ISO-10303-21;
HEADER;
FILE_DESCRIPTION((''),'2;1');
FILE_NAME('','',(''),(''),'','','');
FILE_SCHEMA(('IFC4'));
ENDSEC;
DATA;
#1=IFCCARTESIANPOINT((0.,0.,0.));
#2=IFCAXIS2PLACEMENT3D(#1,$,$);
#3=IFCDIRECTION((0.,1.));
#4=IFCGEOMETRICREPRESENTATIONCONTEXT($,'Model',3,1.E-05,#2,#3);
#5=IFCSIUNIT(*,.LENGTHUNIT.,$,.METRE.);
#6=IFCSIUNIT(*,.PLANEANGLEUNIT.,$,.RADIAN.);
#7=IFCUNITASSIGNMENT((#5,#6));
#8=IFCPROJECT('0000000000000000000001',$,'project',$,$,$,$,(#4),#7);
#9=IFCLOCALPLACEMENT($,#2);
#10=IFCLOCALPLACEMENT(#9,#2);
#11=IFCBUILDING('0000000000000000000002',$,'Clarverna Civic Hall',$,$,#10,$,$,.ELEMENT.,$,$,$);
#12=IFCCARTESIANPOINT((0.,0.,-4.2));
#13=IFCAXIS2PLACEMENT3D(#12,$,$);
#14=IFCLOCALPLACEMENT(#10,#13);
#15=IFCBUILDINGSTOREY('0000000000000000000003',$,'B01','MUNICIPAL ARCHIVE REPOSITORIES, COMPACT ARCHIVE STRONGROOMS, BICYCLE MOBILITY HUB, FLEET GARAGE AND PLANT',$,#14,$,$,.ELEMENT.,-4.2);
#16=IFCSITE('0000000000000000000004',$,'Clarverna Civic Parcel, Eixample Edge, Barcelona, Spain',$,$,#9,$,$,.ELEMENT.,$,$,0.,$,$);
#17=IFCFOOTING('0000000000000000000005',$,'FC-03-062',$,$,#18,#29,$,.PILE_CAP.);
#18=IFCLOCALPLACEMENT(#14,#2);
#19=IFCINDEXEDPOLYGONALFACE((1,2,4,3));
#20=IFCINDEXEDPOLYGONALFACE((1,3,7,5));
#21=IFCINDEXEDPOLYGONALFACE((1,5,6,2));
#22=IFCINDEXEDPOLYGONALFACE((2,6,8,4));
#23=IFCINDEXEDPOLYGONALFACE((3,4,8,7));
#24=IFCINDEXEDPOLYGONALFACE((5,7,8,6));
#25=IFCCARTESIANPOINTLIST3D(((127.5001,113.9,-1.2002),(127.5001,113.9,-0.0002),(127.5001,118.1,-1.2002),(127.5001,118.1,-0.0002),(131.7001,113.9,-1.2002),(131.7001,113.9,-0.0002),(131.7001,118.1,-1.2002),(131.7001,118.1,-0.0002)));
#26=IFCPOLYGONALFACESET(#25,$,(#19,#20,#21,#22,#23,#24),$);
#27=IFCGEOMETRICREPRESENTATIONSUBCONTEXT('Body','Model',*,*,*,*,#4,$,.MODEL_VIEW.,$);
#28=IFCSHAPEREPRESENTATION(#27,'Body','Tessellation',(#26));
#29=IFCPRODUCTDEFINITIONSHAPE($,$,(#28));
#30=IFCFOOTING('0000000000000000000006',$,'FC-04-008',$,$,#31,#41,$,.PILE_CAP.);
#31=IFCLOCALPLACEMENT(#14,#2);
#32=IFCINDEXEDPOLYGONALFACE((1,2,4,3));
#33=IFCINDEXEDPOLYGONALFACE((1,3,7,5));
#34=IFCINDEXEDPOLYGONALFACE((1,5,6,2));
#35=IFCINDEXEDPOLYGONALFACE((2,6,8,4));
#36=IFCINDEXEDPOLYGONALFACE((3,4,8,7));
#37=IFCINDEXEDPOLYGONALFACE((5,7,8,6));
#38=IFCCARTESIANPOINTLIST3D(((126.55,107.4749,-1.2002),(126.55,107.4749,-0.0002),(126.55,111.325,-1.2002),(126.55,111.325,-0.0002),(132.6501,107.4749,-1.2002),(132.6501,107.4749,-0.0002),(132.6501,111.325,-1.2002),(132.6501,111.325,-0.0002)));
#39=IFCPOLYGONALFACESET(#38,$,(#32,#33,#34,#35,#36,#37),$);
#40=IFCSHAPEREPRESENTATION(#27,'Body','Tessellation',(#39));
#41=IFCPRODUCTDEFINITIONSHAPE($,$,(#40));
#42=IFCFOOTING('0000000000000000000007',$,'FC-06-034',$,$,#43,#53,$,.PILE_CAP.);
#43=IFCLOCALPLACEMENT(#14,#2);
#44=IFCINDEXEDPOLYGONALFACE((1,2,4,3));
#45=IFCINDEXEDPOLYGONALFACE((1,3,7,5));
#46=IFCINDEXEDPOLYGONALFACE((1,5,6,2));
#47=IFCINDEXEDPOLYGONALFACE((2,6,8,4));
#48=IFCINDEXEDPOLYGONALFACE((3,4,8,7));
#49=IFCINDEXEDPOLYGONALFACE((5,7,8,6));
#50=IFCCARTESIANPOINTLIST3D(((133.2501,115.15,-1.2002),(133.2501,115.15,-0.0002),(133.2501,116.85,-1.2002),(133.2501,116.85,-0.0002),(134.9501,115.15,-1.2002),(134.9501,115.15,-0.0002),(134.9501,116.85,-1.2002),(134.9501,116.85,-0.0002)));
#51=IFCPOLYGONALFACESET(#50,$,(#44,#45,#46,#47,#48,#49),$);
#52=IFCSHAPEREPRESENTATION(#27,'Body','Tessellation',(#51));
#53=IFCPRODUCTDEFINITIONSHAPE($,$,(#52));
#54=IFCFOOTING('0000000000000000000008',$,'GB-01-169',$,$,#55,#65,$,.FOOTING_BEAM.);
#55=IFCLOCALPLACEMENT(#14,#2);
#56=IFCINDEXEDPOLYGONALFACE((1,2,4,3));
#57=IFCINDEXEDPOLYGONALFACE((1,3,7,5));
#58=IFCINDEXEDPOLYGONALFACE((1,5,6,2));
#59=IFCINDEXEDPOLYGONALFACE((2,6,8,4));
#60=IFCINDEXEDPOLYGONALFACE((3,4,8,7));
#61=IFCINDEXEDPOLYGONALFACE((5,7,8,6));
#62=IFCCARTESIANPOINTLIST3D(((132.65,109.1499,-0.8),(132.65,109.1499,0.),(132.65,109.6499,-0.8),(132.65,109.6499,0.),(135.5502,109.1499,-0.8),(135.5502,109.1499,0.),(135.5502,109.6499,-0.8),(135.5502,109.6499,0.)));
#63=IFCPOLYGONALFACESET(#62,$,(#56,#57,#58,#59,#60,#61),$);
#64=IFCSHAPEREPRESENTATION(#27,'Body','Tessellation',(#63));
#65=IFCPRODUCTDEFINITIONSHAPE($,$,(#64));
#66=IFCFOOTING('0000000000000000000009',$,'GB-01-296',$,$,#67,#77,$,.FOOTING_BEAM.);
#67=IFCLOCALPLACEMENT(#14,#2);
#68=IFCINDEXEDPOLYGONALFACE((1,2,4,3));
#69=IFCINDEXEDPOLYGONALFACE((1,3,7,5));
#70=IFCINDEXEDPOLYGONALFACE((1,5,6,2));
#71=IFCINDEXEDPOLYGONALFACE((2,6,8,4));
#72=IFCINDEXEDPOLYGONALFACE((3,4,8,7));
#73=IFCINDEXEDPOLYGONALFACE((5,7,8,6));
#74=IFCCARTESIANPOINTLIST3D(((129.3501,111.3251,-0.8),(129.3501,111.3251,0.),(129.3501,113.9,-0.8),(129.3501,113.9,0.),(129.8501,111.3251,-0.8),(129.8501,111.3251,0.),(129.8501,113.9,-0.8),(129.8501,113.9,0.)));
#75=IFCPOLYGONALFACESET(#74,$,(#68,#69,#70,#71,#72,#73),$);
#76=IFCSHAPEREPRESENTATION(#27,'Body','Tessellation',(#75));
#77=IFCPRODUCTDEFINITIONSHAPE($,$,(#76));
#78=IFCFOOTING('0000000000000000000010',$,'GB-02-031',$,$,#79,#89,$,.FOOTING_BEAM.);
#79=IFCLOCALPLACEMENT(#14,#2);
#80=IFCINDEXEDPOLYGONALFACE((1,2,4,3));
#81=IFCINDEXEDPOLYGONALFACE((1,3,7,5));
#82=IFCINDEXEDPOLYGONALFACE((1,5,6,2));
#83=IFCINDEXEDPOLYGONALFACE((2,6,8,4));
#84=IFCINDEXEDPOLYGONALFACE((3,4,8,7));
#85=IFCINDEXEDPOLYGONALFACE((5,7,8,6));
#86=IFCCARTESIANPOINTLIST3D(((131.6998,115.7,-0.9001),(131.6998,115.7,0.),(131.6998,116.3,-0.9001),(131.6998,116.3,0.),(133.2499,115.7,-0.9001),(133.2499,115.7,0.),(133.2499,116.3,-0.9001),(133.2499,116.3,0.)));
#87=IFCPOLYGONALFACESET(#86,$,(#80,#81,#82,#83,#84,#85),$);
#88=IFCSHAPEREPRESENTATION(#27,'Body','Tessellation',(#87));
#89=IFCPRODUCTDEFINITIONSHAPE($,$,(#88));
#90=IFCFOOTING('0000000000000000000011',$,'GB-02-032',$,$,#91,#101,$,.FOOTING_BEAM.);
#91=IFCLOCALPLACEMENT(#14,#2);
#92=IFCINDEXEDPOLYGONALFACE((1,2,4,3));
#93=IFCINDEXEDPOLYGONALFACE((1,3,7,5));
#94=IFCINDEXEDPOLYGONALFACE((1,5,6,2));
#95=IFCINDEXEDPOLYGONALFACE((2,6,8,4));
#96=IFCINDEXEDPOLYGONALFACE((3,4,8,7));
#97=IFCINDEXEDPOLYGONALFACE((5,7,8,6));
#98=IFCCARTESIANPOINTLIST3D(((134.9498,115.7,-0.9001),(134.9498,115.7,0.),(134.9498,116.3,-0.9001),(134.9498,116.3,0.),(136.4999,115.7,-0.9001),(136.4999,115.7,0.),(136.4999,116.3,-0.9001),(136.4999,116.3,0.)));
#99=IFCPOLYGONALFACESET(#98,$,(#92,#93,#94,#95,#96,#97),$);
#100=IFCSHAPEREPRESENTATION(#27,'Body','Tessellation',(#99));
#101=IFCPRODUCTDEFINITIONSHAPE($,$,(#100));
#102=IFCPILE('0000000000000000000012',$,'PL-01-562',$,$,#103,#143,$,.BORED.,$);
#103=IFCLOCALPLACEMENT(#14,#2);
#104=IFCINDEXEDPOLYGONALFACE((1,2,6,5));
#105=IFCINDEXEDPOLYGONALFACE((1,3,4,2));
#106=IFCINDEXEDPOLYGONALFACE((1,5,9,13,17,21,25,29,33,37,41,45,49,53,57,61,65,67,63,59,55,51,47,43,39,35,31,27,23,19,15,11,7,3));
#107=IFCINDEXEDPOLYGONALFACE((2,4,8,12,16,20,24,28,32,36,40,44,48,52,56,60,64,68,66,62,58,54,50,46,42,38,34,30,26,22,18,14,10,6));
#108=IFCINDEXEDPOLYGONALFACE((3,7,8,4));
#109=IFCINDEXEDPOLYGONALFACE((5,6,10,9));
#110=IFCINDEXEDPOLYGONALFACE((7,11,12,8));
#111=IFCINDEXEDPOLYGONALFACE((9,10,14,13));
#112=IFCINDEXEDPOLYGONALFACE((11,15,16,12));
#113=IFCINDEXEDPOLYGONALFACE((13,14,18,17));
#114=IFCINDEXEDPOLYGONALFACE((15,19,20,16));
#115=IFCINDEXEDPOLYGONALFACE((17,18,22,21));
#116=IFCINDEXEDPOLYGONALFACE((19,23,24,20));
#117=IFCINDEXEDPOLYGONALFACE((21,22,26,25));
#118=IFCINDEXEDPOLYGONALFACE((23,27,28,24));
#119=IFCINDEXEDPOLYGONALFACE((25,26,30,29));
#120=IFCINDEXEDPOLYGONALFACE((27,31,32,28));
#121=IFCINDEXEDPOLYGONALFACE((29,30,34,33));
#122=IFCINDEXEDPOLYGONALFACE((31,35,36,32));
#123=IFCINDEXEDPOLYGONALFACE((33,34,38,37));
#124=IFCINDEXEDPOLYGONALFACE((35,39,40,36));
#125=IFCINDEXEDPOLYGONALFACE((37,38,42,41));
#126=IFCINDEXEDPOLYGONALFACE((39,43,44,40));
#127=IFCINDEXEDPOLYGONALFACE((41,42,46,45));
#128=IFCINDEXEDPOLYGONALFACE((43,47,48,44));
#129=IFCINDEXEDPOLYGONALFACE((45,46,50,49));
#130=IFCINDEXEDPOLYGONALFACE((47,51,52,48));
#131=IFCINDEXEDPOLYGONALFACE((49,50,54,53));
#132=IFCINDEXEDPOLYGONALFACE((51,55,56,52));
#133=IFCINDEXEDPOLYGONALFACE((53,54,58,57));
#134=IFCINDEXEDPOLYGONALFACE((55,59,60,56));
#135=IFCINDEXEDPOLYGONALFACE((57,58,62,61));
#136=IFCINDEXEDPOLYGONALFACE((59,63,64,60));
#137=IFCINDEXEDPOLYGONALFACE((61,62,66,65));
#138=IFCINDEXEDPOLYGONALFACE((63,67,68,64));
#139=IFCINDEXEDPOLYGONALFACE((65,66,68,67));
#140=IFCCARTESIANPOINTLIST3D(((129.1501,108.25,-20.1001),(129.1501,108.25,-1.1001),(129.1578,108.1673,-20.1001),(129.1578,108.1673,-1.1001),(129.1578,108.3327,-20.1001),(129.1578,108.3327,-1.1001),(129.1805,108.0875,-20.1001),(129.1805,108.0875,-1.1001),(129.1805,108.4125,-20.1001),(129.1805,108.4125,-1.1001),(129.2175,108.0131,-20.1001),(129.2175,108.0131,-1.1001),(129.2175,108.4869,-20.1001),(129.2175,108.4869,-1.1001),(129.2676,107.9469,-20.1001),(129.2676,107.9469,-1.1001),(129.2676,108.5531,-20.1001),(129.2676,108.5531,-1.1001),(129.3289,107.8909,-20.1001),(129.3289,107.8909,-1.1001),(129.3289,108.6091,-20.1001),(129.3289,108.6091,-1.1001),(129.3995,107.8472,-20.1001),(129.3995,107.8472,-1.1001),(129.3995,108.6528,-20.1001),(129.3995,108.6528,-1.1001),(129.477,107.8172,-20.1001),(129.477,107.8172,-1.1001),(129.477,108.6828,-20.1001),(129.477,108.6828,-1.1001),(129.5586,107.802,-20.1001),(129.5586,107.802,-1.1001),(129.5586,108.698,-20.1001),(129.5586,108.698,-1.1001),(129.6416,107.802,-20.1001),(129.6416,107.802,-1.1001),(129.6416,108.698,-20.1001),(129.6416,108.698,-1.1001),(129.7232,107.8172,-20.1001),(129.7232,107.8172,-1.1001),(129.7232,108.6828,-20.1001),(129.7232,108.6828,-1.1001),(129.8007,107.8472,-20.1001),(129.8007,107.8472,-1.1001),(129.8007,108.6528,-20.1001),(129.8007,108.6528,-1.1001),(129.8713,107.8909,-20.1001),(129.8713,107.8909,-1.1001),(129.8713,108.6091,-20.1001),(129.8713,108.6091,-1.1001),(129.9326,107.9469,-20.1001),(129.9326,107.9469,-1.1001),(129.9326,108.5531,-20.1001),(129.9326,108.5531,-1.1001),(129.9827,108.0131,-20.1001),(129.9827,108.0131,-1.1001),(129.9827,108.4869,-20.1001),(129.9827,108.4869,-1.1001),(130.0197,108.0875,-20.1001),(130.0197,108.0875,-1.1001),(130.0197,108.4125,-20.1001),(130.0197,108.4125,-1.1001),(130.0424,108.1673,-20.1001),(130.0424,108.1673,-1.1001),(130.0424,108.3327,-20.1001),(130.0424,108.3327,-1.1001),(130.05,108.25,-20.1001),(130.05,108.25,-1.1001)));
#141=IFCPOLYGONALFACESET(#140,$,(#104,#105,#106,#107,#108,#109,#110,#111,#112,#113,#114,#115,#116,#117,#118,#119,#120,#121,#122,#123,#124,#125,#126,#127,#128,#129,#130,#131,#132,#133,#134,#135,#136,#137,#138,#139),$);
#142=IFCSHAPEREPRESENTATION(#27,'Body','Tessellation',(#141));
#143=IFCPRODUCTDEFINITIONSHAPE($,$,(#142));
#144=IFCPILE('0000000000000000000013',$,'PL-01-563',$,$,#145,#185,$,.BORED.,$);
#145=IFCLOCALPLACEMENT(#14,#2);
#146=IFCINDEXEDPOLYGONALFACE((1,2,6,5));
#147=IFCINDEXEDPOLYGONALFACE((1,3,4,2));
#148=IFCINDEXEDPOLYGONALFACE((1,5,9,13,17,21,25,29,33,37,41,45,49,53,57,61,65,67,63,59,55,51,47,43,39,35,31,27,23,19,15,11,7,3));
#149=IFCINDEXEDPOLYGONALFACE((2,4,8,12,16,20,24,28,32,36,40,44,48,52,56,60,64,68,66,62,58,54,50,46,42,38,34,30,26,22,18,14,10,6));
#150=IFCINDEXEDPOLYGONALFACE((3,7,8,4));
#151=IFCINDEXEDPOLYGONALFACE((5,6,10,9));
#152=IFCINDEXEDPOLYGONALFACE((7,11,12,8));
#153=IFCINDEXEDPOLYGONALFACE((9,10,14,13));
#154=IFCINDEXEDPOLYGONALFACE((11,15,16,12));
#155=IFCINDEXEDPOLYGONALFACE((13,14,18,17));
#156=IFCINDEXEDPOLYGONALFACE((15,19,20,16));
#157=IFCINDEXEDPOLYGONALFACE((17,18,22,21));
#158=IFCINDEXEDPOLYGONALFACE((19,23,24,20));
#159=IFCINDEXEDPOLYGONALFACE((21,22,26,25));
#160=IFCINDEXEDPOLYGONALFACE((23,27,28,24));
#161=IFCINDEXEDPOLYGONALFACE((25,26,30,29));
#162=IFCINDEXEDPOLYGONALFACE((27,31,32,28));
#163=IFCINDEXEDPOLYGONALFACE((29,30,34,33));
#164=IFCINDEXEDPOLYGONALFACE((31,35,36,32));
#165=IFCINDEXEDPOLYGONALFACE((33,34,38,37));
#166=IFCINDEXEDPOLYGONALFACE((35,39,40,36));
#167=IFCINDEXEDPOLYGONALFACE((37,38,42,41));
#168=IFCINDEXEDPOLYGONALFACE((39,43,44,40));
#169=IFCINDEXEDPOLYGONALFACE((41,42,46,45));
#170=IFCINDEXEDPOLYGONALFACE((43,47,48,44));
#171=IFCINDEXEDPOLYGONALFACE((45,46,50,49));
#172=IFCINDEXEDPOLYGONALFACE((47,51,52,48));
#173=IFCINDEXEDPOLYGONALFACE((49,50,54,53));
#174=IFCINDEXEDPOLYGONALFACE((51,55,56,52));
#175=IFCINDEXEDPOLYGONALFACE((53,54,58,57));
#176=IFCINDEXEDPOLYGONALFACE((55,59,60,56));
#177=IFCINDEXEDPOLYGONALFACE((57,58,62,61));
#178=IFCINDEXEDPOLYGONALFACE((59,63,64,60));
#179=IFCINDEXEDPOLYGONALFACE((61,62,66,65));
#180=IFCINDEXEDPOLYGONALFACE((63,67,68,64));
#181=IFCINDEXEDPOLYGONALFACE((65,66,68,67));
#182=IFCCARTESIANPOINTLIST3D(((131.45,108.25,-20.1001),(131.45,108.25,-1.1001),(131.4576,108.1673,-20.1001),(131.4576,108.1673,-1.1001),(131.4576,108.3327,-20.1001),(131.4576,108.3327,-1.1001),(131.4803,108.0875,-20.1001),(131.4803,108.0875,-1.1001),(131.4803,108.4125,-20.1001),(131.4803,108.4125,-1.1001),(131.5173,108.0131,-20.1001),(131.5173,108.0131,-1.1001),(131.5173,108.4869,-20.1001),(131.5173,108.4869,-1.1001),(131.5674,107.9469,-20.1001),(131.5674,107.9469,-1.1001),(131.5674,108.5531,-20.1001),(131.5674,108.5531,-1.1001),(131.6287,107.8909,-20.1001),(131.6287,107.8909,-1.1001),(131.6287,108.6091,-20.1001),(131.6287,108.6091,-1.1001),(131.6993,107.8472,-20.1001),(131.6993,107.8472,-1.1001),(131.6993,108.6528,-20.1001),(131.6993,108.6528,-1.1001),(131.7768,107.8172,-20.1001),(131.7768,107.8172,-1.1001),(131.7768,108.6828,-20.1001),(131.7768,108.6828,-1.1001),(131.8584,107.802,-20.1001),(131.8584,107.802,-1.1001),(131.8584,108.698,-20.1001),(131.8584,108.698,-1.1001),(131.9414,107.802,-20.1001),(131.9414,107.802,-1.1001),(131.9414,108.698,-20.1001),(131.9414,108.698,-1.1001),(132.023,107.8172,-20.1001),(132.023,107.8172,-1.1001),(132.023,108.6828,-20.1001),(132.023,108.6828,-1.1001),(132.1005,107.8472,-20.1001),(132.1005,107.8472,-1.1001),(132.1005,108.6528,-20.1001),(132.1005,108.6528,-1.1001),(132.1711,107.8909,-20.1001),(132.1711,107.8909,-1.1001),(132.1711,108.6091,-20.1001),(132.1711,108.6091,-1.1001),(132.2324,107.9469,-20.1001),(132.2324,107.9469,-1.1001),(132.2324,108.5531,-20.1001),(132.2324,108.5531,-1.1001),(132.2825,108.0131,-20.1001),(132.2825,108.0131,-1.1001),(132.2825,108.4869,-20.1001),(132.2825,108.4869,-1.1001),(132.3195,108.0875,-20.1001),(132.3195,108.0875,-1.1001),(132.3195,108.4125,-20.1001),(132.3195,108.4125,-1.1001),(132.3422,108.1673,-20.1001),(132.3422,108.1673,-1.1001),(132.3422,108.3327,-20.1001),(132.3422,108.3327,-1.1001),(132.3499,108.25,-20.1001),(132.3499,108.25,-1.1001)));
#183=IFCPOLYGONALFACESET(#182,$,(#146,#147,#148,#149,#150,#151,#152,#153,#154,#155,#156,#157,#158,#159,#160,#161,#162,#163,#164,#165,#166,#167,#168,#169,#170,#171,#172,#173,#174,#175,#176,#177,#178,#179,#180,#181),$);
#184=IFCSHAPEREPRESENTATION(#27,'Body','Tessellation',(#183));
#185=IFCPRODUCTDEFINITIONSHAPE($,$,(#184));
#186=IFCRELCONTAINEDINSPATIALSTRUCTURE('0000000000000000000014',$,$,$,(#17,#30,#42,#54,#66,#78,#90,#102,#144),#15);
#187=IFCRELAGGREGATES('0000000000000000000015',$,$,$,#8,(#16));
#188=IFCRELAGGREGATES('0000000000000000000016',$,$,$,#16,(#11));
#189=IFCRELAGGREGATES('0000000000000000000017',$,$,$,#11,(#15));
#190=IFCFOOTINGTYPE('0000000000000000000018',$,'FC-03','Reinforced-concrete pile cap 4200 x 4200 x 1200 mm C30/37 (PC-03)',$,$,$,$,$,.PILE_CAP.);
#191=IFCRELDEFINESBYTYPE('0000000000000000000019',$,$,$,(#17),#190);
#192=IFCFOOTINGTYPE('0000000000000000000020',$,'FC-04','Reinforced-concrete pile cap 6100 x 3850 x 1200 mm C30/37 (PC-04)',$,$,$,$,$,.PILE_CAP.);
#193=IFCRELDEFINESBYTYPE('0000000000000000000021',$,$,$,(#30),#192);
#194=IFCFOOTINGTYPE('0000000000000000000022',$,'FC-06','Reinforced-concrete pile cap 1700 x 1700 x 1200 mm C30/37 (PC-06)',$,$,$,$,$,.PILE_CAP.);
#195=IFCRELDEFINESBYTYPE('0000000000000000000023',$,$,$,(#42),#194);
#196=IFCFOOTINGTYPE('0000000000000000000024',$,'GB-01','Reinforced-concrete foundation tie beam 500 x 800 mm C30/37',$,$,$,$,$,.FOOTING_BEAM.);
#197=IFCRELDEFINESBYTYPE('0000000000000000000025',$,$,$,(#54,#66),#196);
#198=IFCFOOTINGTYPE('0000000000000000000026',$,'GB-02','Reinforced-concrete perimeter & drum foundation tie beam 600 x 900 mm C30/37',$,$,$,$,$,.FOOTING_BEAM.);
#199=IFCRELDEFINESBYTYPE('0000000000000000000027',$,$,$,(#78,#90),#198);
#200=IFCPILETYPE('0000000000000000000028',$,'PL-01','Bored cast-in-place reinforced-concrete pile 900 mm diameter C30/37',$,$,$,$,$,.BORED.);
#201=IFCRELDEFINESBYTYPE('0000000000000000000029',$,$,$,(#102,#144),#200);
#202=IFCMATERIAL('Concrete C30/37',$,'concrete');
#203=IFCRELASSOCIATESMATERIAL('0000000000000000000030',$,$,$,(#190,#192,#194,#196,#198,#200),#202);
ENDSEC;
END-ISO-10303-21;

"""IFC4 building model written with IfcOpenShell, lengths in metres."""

from ifc_helpers import new_model, si_unit, direction, frame, frame_2d, origin, origin_2d, place, context, subcontext, project, spatial, rectangle, circle, extrude, material, material_profile, profile_set, type_object, element, save


model = new_model("IFC4")

# Units and contexts
model_context = context("Model", 3, precision=1e-05, world=origin(), true_north=direction((0.0, 1.0)))
body_context = subcontext(model_context, "Body", "Model", "MODEL_VIEW")
ifc_project = project(units=[si_unit("LENGTHUNIT", "METRE"), si_unit("PLANEANGLEUNIT", "RADIAN")], contexts=[model_context])

# Site, building, storey
site_placement = place(None, origin())
site = spatial("IfcSite", under=ifc_project, at=site_placement, Name="Clarverna Civic Parcel, Eixample Edge, Barcelona, Spain", CompositionType="ELEMENT", RefElevation=0.0)
building_placement = place(site_placement, origin())
building = spatial("IfcBuilding", under=site, at=building_placement, Name="Clarverna Civic Hall", CompositionType="ELEMENT")
storey_placement = place(building_placement, frame((0.0, 0.0, -4.2)))
storey = spatial("IfcBuildingStorey", under=building, at=storey_placement, Name="B01", Description="MUNICIPAL ARCHIVE REPOSITORIES, COMPACT ARCHIVE STRONGROOMS, BICYCLE MOBILITY HUB, FLEET GARAGE AND PLANT", CompositionType="ELEMENT", Elevation=-4.2)

# Footings
ifc_material_1 = material(Name="Concrete C30/37", Category="concrete")
footing_type_1 = type_object("IfcFootingType", Name="FC-03", Description="Reinforced-concrete pile cap 4200 x 4200 x 1200 mm C30/37 (PC-03)", PredefinedType="PILE_CAP", material=ifc_material_1)
footing_1_placement = place(storey_placement, frame((129.6001, 116.0, -1.2002), z_axis=(0.0, 0.0, 1.0), x_axis=(1.0, 0.0, 0.0)))
element("IfcFooting", 1, at=footing_1_placement, inside=storey, type_object=footing_type_1, Name="FC-03-062", PredefinedType="PILE_CAP", context=body_context, shape_type="SweptSolid", body=[
    extrude(rectangle(XDim=4.2, YDim=4.2, at=origin_2d()), origin(), (0.0, 0.0, 1.0), 1.2),
])
footing_type_2 = type_object("IfcFootingType", Name="FC-04", Description="Reinforced-concrete pile cap 6100 x 3850 x 1200 mm C30/37 (PC-04)", PredefinedType="PILE_CAP", material=ifc_material_1)
footing_2_placement = place(storey_placement, frame((129.6001, 109.3999, -1.2002), z_axis=(0.0, 0.0, 1.0), x_axis=(1.0, 0.0, 0.0)))
element("IfcFooting", 2, at=footing_2_placement, inside=storey, type_object=footing_type_2, Name="FC-04-008", PredefinedType="PILE_CAP", context=body_context, shape_type="SweptSolid", body=[
    extrude(rectangle(XDim=6.1001, YDim=3.8501, at=origin_2d()), origin(), (0.0, 0.0, 1.0), 1.2),
])
footing_type_3 = type_object("IfcFootingType", Name="FC-06", Description="Reinforced-concrete pile cap 1700 x 1700 x 1200 mm C30/37 (PC-06)", PredefinedType="PILE_CAP", material=ifc_material_1)
footing_3_placement = place(storey_placement, frame((134.1001, 116.0, -1.2002), z_axis=(0.0, 0.0, 1.0), x_axis=(1.0, 0.0, 0.0)))
element("IfcFooting", 3, at=footing_3_placement, inside=storey, type_object=footing_type_3, Name="FC-06-034", PredefinedType="PILE_CAP", context=body_context, shape_type="SweptSolid", body=[
    extrude(rectangle(XDim=1.7, YDim=1.7, at=origin_2d()), origin(), (0.0, 0.0, 1.0), 1.2),
])
footing_type_4 = type_object("IfcFootingType", Name="GB-01", Description="Reinforced-concrete foundation tie beam 500 x 800 mm C30/37", PredefinedType="FOOTING_BEAM", material=ifc_material_1)
footing_4_placement = place(storey_placement, frame((132.6499, 109.3999, -0.8), z_axis=(0.0, 0.0, 1.0), x_axis=(1.0, 0.0, 0.0)))
element("IfcFooting", 4, at=footing_4_placement, inside=storey, type_object=footing_type_4, Name="GB-01-169", PredefinedType="FOOTING_BEAM", context=body_context, shape_type="SweptSolid", body=[
    extrude(rectangle(XDim=2.9001, YDim=0.5, at=frame_2d((1.4502, 0.0))), origin(), (0.0, 0.0, 1.0), 0.8),
])
footing_5_placement = place(storey_placement, frame((129.6001, 111.325, -0.8), z_axis=(0.0, 0.0, 1.0), x_axis=(0.0, 1.0, 0.0)))
element("IfcFooting", 5, at=footing_5_placement, inside=storey, type_object=footing_type_4, Name="GB-01-296", PredefinedType="FOOTING_BEAM", context=body_context, shape_type="SweptSolid", body=[
    extrude(rectangle(XDim=2.575, YDim=0.5, at=frame_2d((1.2876, 0.0))), origin(), (0.0, 0.0, 1.0), 0.8),
])
footing_type_5 = type_object("IfcFootingType", Name="GB-02", Description="Reinforced-concrete perimeter & drum foundation tie beam 600 x 900 mm C30/37", PredefinedType="FOOTING_BEAM", material=ifc_material_1)
for number, where, z_axis, x_axis, name in (
    (6, (131.7, 116.0, -0.9001), (0.0, 0.0, 1.0), (1.0, 0.0, 0.0), "GB-02-031"),
    (7, (134.95, 116.0, -0.9001), (0.0, 0.0, 1.0), (1.0, 0.0, 0.0), "GB-02-032"),
):
    element("IfcFooting", number, at=place(storey_placement, frame(where, z_axis=z_axis, x_axis=x_axis)), inside=storey, type_object=footing_type_5, Name=name, PredefinedType="FOOTING_BEAM", context=body_context, shape_type="SweptSolid", body=[
        extrude(rectangle(XDim=1.55, YDim=0.6001, at=frame_2d((0.7749, 0.0))), origin(), (0.0, 0.0, 1.0), 0.9001),
    ])

# Piles
ifc_material_profile_1 = material_profile(ifc_material_1, circle(Radius=0.45, at=origin_2d()), Name="BORED PILE D900")
ifc_profile_set_1 = profile_set([ifc_material_profile_1], Name="Concrete C30/37")
pile_type_1 = type_object("IfcPileType", Name="PL-01", Description="Bored cast-in-place reinforced-concrete pile 900 mm diameter C30/37", PredefinedType="BORED", material=ifc_profile_set_1)
for number, where, z_axis, x_axis, name in (
    (8, (129.6001, 108.25, -1.1001), (0.0, 0.0, -1.0), (1.0, 0.0, 0.0), "PL-01-562"),
    (9, (131.8999, 108.25, -1.1001), (0.0, 0.0, -1.0), (1.0, 0.0, 0.0), "PL-01-563"),
):
    element("IfcPile", number, at=place(storey_placement, frame(where, z_axis=z_axis, x_axis=x_axis)), inside=storey, type_object=pile_type_1, Name=name, PredefinedType="BORED", context=body_context, shape_type="SweptSolid", body=[
        extrude(circle(Radius=0.45, at=origin_2d()), origin(), (0.0, 0.0, 1.0), 19.0),
    ])

save(model, "model.ifc")
